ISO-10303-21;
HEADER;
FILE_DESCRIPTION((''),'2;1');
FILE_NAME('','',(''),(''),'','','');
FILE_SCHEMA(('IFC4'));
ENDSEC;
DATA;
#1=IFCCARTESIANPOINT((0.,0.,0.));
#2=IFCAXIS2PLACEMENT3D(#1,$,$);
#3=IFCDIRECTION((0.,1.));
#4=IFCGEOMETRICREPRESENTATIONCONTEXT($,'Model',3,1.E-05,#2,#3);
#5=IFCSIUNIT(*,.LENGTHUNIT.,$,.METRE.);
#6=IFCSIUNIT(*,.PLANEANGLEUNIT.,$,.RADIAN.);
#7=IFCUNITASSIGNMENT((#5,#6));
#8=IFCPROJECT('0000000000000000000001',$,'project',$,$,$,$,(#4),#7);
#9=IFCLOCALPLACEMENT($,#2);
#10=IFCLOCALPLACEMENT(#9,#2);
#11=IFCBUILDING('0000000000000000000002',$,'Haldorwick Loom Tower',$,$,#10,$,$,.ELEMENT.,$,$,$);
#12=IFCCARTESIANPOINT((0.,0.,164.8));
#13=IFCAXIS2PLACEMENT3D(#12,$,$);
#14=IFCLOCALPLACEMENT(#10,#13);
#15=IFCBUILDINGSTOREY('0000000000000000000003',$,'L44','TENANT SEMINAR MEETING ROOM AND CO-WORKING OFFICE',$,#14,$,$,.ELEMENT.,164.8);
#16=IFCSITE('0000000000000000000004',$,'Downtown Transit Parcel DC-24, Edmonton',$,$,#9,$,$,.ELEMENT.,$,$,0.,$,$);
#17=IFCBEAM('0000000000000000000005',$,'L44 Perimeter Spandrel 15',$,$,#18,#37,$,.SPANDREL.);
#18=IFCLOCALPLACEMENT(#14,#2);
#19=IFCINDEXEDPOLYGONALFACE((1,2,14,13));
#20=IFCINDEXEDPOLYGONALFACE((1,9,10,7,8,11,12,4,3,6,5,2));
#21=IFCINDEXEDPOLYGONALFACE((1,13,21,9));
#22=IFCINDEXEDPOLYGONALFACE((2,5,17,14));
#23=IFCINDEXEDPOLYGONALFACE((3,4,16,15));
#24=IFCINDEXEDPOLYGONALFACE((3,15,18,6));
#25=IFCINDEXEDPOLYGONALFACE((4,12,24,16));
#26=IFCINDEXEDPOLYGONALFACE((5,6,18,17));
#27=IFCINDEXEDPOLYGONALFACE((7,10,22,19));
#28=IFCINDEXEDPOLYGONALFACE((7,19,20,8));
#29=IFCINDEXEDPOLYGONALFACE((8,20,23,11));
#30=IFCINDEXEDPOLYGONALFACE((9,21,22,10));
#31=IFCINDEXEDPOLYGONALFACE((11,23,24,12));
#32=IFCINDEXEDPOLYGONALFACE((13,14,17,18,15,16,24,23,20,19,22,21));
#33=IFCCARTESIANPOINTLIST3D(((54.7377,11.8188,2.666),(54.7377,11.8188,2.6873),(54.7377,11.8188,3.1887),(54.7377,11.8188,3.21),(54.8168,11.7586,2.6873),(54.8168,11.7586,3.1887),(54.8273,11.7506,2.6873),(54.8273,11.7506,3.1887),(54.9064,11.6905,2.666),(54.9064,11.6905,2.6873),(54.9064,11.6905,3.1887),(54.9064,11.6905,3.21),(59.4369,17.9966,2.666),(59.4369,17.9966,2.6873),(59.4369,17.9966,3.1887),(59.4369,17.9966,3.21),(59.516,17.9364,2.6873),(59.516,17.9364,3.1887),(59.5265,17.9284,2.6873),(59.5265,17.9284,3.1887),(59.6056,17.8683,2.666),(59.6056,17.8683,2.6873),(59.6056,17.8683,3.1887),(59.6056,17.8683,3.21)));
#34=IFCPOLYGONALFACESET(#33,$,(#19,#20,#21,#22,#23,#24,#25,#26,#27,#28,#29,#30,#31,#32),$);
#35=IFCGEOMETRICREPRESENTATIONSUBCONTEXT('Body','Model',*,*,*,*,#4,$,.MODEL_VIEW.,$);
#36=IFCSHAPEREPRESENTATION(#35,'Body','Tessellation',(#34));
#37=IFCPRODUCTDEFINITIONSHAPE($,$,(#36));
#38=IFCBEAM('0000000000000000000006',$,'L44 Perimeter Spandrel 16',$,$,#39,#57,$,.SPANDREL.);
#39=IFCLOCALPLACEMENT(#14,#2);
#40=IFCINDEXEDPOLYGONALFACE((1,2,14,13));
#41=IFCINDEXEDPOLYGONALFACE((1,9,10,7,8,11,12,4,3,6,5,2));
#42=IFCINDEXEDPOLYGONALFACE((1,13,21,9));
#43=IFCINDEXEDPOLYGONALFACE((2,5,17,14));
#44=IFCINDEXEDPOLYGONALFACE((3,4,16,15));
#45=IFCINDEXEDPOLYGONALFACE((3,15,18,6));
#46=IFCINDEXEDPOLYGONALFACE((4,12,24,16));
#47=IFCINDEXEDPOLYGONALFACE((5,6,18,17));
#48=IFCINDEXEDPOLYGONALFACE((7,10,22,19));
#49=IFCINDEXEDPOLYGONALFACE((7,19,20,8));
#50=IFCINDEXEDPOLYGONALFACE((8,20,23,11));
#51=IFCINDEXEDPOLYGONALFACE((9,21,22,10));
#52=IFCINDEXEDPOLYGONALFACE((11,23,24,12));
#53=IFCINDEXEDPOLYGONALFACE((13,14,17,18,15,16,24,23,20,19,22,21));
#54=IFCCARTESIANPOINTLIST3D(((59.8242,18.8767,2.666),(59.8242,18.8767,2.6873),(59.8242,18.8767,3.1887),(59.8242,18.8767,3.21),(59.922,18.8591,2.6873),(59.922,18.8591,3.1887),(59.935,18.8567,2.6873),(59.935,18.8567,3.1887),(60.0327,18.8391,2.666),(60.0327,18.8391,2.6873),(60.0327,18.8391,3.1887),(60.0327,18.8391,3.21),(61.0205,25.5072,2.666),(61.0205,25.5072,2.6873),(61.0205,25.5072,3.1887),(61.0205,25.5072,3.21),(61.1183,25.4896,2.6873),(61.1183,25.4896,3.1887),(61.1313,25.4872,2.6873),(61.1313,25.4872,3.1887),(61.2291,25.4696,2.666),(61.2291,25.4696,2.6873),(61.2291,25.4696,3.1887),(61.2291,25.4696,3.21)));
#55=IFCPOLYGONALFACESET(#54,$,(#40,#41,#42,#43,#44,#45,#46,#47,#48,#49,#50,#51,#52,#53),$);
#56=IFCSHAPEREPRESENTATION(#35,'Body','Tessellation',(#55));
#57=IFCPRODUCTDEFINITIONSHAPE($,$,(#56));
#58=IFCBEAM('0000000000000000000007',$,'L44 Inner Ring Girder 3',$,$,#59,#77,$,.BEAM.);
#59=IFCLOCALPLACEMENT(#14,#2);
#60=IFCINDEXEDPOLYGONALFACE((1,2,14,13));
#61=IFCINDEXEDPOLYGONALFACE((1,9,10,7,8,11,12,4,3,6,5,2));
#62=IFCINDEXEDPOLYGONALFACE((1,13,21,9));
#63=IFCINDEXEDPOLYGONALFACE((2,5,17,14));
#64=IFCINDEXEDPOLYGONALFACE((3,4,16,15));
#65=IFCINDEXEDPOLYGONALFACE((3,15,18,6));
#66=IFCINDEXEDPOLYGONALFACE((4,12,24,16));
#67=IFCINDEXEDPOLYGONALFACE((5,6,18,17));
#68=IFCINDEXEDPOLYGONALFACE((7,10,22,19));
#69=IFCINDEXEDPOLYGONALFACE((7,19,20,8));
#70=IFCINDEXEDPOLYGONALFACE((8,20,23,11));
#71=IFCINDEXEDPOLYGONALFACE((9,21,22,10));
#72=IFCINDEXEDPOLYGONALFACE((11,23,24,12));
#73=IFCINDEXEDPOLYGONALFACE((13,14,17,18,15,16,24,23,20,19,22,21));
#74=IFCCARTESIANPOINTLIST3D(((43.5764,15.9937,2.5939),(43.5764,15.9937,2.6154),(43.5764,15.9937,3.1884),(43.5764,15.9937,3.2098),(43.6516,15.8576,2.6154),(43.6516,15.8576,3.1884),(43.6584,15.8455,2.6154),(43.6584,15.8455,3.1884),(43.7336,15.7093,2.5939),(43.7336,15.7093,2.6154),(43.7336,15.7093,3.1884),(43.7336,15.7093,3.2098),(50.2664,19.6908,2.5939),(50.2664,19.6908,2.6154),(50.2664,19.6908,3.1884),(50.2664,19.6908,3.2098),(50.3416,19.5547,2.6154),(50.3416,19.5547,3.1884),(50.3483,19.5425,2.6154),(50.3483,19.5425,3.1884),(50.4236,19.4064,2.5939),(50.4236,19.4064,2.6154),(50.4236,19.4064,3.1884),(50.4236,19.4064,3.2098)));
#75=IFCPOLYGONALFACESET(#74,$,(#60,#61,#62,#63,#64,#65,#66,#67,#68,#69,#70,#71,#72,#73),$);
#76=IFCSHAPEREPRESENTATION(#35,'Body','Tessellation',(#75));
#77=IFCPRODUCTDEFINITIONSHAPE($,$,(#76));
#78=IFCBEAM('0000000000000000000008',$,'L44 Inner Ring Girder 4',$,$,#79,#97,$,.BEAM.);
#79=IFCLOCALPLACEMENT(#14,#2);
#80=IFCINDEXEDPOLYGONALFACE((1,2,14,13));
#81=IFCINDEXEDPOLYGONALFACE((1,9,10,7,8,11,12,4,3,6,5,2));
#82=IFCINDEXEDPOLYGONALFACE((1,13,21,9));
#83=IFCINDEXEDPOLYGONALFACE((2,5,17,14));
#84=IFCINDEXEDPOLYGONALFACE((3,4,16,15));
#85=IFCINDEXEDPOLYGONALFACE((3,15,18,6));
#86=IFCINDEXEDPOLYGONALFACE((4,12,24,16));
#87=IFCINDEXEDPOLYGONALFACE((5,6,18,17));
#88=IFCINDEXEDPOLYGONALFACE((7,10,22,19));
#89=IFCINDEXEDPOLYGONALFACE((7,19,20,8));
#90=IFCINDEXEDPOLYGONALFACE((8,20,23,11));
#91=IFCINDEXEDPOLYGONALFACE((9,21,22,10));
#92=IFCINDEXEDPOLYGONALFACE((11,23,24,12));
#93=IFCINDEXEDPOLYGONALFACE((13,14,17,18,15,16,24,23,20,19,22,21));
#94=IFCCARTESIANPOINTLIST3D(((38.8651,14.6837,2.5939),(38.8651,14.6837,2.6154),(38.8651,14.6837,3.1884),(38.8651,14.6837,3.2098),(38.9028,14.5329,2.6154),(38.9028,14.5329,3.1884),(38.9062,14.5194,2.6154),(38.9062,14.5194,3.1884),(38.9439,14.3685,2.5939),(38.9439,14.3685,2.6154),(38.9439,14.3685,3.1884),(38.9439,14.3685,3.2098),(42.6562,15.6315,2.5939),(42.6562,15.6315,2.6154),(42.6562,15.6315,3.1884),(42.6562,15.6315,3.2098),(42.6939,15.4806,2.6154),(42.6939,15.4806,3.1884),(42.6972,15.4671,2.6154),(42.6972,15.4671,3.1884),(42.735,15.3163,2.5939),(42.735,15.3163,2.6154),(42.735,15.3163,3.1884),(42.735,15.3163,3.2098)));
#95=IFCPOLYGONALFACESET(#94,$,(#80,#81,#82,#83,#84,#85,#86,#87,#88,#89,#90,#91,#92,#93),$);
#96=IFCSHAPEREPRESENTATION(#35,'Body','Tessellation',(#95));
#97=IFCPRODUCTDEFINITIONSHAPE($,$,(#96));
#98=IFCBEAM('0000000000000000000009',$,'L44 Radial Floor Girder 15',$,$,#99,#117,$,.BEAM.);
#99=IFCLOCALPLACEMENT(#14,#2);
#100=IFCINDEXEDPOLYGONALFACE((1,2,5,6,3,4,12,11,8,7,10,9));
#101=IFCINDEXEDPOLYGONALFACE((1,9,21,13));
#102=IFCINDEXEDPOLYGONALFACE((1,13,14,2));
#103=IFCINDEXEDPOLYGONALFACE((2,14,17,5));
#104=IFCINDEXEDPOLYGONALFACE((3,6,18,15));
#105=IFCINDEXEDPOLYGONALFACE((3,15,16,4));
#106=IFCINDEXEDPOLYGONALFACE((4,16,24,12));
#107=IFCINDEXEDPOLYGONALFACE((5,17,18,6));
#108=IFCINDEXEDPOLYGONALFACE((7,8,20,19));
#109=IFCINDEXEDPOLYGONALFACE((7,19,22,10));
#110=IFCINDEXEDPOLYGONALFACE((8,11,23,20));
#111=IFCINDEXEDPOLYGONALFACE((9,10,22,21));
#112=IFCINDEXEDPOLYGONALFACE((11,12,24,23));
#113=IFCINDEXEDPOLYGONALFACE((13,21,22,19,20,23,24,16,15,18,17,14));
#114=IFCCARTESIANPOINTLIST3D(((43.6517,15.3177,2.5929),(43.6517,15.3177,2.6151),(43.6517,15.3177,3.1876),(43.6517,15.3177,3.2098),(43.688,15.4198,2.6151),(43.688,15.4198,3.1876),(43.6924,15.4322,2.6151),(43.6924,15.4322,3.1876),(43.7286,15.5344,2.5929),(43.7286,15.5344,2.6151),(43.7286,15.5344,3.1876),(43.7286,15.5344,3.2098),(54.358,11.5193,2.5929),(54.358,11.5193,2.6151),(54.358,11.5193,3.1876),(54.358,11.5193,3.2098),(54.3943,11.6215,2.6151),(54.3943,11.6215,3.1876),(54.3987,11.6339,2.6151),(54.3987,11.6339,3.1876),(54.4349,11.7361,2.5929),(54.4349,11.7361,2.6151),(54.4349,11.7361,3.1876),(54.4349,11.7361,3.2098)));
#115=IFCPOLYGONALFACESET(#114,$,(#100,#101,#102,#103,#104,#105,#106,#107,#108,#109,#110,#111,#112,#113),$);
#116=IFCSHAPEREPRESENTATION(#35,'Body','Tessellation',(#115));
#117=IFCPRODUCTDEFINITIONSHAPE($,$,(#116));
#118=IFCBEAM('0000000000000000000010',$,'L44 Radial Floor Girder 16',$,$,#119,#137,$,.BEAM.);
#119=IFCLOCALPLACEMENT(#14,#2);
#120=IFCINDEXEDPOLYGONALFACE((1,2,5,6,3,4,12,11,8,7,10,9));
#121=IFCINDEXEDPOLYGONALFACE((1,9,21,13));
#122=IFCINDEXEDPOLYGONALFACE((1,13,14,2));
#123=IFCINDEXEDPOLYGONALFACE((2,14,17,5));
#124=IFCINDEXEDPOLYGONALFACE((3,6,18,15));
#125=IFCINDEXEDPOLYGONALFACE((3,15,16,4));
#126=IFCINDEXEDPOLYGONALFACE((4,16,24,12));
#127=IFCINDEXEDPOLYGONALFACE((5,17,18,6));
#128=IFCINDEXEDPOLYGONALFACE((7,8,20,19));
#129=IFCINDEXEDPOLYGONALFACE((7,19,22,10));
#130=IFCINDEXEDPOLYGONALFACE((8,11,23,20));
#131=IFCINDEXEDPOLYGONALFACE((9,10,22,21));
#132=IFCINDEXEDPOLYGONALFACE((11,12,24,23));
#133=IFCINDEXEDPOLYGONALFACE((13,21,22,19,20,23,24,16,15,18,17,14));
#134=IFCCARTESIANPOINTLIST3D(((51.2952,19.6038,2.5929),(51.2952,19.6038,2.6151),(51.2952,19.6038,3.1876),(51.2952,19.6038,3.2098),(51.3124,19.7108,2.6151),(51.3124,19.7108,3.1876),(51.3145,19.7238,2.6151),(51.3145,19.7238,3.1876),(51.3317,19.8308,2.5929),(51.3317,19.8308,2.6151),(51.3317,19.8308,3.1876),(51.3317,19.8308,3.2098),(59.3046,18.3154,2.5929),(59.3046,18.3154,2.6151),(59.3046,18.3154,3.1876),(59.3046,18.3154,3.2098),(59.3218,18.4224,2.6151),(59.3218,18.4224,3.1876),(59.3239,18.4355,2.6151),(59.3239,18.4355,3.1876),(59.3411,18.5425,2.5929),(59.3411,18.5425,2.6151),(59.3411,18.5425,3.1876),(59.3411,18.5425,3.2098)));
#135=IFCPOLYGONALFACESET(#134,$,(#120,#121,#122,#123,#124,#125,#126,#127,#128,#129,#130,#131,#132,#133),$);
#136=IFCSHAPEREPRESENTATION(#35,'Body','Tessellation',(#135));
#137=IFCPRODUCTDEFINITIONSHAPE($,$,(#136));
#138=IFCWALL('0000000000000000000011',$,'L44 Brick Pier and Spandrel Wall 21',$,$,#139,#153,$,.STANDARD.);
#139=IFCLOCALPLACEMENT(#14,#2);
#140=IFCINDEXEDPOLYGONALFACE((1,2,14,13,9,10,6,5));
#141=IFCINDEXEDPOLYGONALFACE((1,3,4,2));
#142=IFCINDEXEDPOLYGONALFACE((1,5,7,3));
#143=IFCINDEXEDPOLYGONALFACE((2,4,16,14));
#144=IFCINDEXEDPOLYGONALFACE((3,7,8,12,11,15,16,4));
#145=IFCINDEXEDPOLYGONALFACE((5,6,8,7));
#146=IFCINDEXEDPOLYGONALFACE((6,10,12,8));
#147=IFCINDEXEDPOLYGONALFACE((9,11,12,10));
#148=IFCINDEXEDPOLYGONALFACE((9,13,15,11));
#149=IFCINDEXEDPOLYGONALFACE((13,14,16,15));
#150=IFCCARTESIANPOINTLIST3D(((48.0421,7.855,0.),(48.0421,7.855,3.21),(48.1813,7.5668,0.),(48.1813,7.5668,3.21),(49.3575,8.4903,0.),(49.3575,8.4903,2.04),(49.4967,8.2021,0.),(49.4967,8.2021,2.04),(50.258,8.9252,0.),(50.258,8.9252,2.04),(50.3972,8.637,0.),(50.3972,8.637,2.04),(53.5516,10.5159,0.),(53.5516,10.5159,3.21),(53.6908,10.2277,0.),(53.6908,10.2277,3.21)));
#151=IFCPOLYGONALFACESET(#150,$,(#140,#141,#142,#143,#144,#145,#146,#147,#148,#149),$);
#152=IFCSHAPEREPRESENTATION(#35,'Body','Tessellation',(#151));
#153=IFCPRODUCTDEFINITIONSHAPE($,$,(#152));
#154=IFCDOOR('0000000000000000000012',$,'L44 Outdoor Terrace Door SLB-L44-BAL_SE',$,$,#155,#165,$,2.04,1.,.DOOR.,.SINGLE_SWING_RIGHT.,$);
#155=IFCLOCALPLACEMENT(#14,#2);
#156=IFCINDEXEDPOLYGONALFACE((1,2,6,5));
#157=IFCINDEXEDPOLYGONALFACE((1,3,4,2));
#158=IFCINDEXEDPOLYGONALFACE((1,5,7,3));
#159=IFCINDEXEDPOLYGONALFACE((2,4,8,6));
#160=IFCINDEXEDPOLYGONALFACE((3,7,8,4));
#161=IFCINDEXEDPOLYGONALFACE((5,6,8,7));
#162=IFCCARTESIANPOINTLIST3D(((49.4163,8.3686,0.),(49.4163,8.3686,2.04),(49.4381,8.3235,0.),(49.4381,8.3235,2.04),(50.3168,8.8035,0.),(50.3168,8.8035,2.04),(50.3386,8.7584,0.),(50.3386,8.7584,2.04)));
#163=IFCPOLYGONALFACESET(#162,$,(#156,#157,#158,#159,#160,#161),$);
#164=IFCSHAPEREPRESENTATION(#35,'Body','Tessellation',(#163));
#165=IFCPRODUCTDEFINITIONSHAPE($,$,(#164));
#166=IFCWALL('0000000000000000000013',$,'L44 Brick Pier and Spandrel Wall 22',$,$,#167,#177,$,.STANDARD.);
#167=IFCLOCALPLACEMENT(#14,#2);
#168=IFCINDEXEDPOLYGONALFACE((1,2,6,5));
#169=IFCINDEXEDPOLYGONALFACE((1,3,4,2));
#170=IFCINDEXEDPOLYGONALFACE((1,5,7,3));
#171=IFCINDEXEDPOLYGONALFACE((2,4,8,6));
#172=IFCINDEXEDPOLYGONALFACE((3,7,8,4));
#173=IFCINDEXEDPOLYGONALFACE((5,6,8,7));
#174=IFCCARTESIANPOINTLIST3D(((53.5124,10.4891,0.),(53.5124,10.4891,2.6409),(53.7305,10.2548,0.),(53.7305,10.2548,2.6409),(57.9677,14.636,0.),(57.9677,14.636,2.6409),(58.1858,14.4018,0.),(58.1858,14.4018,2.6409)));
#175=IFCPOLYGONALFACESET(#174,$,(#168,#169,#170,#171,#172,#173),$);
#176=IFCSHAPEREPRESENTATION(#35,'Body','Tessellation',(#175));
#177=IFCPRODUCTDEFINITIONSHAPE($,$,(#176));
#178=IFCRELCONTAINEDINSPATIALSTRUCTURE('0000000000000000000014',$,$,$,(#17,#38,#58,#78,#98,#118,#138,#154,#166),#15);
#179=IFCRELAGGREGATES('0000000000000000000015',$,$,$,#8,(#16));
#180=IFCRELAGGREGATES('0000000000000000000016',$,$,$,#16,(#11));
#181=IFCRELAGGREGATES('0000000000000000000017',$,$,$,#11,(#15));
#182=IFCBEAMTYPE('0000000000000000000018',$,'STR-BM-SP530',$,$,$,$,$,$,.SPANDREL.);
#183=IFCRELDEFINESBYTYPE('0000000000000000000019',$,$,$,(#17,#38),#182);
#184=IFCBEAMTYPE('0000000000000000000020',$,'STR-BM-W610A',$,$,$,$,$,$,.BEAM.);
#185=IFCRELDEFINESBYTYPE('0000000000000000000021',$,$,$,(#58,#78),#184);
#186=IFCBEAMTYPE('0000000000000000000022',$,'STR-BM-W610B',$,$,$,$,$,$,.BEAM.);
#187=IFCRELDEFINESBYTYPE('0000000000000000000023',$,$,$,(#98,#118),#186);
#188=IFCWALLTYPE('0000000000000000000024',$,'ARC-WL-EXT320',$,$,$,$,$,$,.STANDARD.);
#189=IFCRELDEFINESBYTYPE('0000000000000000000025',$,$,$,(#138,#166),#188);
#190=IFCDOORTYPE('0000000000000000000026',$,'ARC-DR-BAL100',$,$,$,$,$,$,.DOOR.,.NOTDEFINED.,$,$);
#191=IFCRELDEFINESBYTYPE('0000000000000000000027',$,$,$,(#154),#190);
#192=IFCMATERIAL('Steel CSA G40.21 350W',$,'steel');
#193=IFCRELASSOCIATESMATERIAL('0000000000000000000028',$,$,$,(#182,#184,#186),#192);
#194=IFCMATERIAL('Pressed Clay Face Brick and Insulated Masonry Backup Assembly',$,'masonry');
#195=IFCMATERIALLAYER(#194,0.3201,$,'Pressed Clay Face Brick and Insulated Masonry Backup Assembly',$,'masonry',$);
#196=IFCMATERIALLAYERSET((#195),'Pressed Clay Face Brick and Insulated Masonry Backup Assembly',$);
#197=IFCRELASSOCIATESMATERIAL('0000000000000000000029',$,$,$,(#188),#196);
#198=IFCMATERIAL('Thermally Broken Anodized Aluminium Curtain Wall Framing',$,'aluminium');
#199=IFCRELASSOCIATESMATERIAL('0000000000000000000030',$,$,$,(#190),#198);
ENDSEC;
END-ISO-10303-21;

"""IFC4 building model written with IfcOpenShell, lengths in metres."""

from ifc_helpers import new_model, si_unit, direction, frame, frame_2d, origin, origin_2d, place, context, subcontext, project, spatial, rectangle, i_section, extrude, material, layer, layer_set, material_profile, profile_set, type_object, element, fill, save


model = new_model("IFC4")

# Units and contexts
model_context = context("Model", 3, precision=1e-05, world=origin(), true_north=direction((0.0, 1.0)))
body_context = subcontext(model_context, "Body", "Model", "MODEL_VIEW")
ifc_project = project(units=[si_unit("LENGTHUNIT", "METRE"), si_unit("PLANEANGLEUNIT", "RADIAN")], contexts=[model_context])

# Site, building, storey
site_placement = place(None, origin())
site = spatial("IfcSite", under=ifc_project, at=site_placement, Name="Downtown Transit Parcel DC-24, Edmonton", CompositionType="ELEMENT", RefElevation=0.0)
building_placement = place(site_placement, origin())
building = spatial("IfcBuilding", under=site, at=building_placement, Name="Haldorwick Loom Tower", CompositionType="ELEMENT")
storey_placement = place(building_placement, frame((0.0, 0.0, 164.8)))
storey = spatial("IfcBuildingStorey", under=building, at=storey_placement, Name="L44", Description="TENANT SEMINAR MEETING ROOM AND CO-WORKING OFFICE", CompositionType="ELEMENT", Elevation=164.8)

# Beams
ifc_material_1 = material(Name="Steel CSA G40.21 350W", Category="steel")
ifc_material_profile_1 = material_profile(ifc_material_1, i_section(OverallWidth=0.2119, OverallDepth=0.5439, WebThickness=0.0132, FlangeThickness=0.0212, at=origin_2d()), Name="W530X123", Category="steel")
ifc_profile_set_1 = profile_set([ifc_material_profile_1], Name="Steel CSA G40.21 350W")
beam_type_1 = type_object("IfcBeamType", Name="STR-BM-SP530", PredefinedType="SPANDREL", material=ifc_profile_set_1)
beam_1_placement = place(storey_placement, frame((54.822, 11.7546, 2.938), z_axis=(0.605421, 0.795905, 0.0), x_axis=(-0.795905, 0.605421, 0.0)))
element("IfcBeam", 1, at=beam_1_placement, inside=storey, type_object=beam_type_1, Name="L44 Perimeter Spandrel 15", PredefinedType="SPANDREL", context=body_context, shape_type="SweptSolid", body=[
    extrude(i_section(OverallWidth=0.2119, OverallDepth=0.5439, WebThickness=0.0132, FlangeThickness=0.0212, at=origin_2d()), origin(), (0.0, 0.0, 1.0), 7.762),
])
beam_2_placement = place(storey_placement, frame((59.9285, 18.8579, 2.938), z_axis=(0.177559, 0.98411, 0.0), x_axis=(-0.98411, 0.177559, 0.0)))
element("IfcBeam", 2, at=beam_2_placement, inside=storey, type_object=beam_type_1, Name="L44 Perimeter Spandrel 16", PredefinedType="SPANDREL", context=body_context, shape_type="SweptSolid", body=[
    extrude(i_section(OverallWidth=0.2119, OverallDepth=0.5439, WebThickness=0.0132, FlangeThickness=0.0212, at=origin_2d()), origin(), (0.0, 0.0, 1.0), 6.7375),
])
ifc_material_profile_2 = material_profile(ifc_material_1, i_section(OverallWidth=0.325, OverallDepth=0.616, WebThickness=0.0139, FlangeThickness=0.0215, at=origin_2d()), Name="W610X174", Category="steel")
ifc_profile_set_2 = profile_set([ifc_material_profile_2], Name="Steel CSA G40.21 350W")
beam_type_2 = type_object("IfcBeamType", Name="STR-BM-W610A", PredefinedType="BEAM", material=ifc_profile_set_2)
beam_3_placement = place(storey_placement, frame((50.345, 19.5486, 2.9019), z_axis=(-0.875244, -0.483681, 0.0), x_axis=(0.483681, -0.875244, 0.0)))
element("IfcBeam", 3, at=beam_3_placement, inside=storey, type_object=beam_type_2, Name="L44 Inner Ring Girder 3", PredefinedType="BEAM", context=body_context, shape_type="SweptSolid", body=[
    extrude(i_section(OverallWidth=0.325, OverallDepth=0.616, WebThickness=0.0139, FlangeThickness=0.0215, at=origin_2d()), origin(), (0.0, 0.0, 1.0), 7.6436),
])
beam_4_placement = place(storey_placement, frame((42.6956, 15.4739, 2.9019), z_axis=(-0.970143, -0.242536, 0.0), x_axis=(0.242536, -0.970143, 0.0)))
element("IfcBeam", 4, at=beam_4_placement, inside=storey, type_object=beam_type_2, Name="L44 Inner Ring Girder 4", PredefinedType="BEAM", context=body_context, shape_type="SweptSolid", body=[
    extrude(i_section(OverallWidth=0.325, OverallDepth=0.616, WebThickness=0.0139, FlangeThickness=0.0215, at=origin_2d()), origin(), (0.0, 0.0, 1.0), 3.9077),
])
ifc_material_profile_3 = material_profile(ifc_material_1, i_section(OverallWidth=0.23, OverallDepth=0.6169, WebThickness=0.0132, FlangeThickness=0.0222, at=origin_2d()), Name="W610X140", Category="steel")
ifc_profile_set_3 = profile_set([ifc_material_profile_3], Name="Steel CSA G40.21 350W")
beam_type_3 = type_object("IfcBeamType", Name="STR-BM-W610B", PredefinedType="BEAM", material=ifc_profile_set_3)
beam_5_placement = place(storey_placement, frame((43.6902, 15.426, 2.9014), z_axis=(0.942446, -0.334358, 0.0), x_axis=(0.334358, 0.942446, 0.0)))
element("IfcBeam", 5, at=beam_5_placement, inside=storey, type_object=beam_type_3, Name="L44 Radial Floor Girder 15", PredefinedType="BEAM", context=body_context, shape_type="SweptSolid", body=[
    extrude(i_section(OverallWidth=0.23, OverallDepth=0.6169, WebThickness=0.0132, FlangeThickness=0.0222, at=origin_2d()), origin(), (0.0, 0.0, 1.0), 11.3601),
])
beam_6_placement = place(storey_placement, frame((51.3135, 19.7173, 2.9014), z_axis=(0.987309, -0.158813, 0.0), x_axis=(0.158813, 0.987309, 0.0)))
element("IfcBeam", 6, at=beam_6_placement, inside=storey, type_object=beam_type_3, Name="L44 Radial Floor Girder 16", PredefinedType="BEAM", context=body_context, shape_type="SweptSolid", body=[
    extrude(i_section(OverallWidth=0.23, OverallDepth=0.6169, WebThickness=0.0132, FlangeThickness=0.0222, at=origin_2d()), origin(), (0.0, 0.0, 1.0), 8.1123),
])

# Wall, opening, door
ifc_material_2 = material(Name="Pressed Clay Face Brick and Insulated Masonry Backup Assembly", Category="masonry")
ifc_layer_1 = layer(ifc_material_2, 0.3201, Name="Pressed Clay Face Brick and Insulated Masonry Backup Assembly", Category="masonry")
ifc_layer_set_1 = layer_set([ifc_layer_1], Name="Pressed Clay Face Brick and Insulated Masonry Backup Assembly")
wall_type_1 = type_object("IfcWallType", Name="ARC-WL-EXT320", PredefinedType="STANDARD", material=ifc_layer_set_1)
wall_1_placement = place(storey_placement, frame((48.1118, 7.7109, 0.0), z_axis=(0.0, 0.0, 1.0), x_axis=(0.90048, 0.434897, 0.0)))
wall_1 = element("IfcWall", 7, at=wall_1_placement, inside=storey, type_object=wall_type_1, Name="L44 Brick Pier and Spandrel Wall 21", PredefinedType="STANDARD", context=body_context, shape_type="SweptSolid", body=[
    extrude(rectangle(XDim=6.1184, YDim=0.3201, at=frame_2d((3.0591, 0.0))), origin(), (0.0, 0.0, 1.0), 3.21),
])
opening_1_placement = place(wall_1_placement, frame((1.4607, 0.0, 0.0)))
opening_1 = element("IfcOpeningElement", 8, at=opening_1_placement, cuts=wall_1, PredefinedType="OPENING", context=body_context, shape_type="SweptSolid", body=[
    extrude(rectangle(XDim=1.0, YDim=2.04, at=frame_2d((0.5, 1.02))), frame((0.0, 0.1699, 0.0), z_axis=(0.0, -1.0, 0.0), x_axis=(1.0, 0.0, 0.0)), (0.0, 0.0, 1.0), 0.3401),
])
ifc_material_3 = material(Name="Thermally Broken Anodized Aluminium Curtain Wall Framing", Category="aluminium")
door_type = type_object("IfcDoorType", Name="ARC-DR-BAL100", OperationType="NOTDEFINED", PredefinedType="DOOR", material=ifc_material_3)
door_placement = place(opening_1_placement, origin())
door = element("IfcDoor", 9, at=door_placement, inside=storey, type_object=door_type, Name="L44 Outdoor Terrace Door SLB-L44-BAL_SE", OperationType="SINGLE_SWING_RIGHT", OverallHeight=2.04, OverallWidth=1.0, PredefinedType="DOOR", context=body_context, shape_type="SweptSolid", body=[
    extrude(rectangle(XDim=1.0, YDim=2.04, at=frame_2d((0.5, 1.02))), frame((0.0, 0.0249, 0.0), z_axis=(0.0, -1.0, 0.0), x_axis=(1.0, 0.0, 0.0)), (0.0, 0.0, 1.0), 0.05),
])
fill(opening_1, door)

# Wall
for number, where, z_axis, x_axis, name in (
    (10, (53.6213, 10.3718, 0.0), (0.0, 0.0, 1.0), (0.731983, 0.681323, 0.0), "L44 Brick Pier and Spandrel Wall 22"),
):
    element("IfcWall", number, at=place(storey_placement, frame(where, z_axis=z_axis, x_axis=x_axis)), inside=storey, type_object=wall_type_1, Name=name, PredefinedType="STANDARD", context=body_context, shape_type="SweptSolid", body=[
        extrude(rectangle(XDim=6.0867, YDim=0.3201, at=frame_2d((3.0435, 0.0))), origin(), (0.0, 0.0, 1.0), 2.6409),
    ])

save(model, "model.ifc")
